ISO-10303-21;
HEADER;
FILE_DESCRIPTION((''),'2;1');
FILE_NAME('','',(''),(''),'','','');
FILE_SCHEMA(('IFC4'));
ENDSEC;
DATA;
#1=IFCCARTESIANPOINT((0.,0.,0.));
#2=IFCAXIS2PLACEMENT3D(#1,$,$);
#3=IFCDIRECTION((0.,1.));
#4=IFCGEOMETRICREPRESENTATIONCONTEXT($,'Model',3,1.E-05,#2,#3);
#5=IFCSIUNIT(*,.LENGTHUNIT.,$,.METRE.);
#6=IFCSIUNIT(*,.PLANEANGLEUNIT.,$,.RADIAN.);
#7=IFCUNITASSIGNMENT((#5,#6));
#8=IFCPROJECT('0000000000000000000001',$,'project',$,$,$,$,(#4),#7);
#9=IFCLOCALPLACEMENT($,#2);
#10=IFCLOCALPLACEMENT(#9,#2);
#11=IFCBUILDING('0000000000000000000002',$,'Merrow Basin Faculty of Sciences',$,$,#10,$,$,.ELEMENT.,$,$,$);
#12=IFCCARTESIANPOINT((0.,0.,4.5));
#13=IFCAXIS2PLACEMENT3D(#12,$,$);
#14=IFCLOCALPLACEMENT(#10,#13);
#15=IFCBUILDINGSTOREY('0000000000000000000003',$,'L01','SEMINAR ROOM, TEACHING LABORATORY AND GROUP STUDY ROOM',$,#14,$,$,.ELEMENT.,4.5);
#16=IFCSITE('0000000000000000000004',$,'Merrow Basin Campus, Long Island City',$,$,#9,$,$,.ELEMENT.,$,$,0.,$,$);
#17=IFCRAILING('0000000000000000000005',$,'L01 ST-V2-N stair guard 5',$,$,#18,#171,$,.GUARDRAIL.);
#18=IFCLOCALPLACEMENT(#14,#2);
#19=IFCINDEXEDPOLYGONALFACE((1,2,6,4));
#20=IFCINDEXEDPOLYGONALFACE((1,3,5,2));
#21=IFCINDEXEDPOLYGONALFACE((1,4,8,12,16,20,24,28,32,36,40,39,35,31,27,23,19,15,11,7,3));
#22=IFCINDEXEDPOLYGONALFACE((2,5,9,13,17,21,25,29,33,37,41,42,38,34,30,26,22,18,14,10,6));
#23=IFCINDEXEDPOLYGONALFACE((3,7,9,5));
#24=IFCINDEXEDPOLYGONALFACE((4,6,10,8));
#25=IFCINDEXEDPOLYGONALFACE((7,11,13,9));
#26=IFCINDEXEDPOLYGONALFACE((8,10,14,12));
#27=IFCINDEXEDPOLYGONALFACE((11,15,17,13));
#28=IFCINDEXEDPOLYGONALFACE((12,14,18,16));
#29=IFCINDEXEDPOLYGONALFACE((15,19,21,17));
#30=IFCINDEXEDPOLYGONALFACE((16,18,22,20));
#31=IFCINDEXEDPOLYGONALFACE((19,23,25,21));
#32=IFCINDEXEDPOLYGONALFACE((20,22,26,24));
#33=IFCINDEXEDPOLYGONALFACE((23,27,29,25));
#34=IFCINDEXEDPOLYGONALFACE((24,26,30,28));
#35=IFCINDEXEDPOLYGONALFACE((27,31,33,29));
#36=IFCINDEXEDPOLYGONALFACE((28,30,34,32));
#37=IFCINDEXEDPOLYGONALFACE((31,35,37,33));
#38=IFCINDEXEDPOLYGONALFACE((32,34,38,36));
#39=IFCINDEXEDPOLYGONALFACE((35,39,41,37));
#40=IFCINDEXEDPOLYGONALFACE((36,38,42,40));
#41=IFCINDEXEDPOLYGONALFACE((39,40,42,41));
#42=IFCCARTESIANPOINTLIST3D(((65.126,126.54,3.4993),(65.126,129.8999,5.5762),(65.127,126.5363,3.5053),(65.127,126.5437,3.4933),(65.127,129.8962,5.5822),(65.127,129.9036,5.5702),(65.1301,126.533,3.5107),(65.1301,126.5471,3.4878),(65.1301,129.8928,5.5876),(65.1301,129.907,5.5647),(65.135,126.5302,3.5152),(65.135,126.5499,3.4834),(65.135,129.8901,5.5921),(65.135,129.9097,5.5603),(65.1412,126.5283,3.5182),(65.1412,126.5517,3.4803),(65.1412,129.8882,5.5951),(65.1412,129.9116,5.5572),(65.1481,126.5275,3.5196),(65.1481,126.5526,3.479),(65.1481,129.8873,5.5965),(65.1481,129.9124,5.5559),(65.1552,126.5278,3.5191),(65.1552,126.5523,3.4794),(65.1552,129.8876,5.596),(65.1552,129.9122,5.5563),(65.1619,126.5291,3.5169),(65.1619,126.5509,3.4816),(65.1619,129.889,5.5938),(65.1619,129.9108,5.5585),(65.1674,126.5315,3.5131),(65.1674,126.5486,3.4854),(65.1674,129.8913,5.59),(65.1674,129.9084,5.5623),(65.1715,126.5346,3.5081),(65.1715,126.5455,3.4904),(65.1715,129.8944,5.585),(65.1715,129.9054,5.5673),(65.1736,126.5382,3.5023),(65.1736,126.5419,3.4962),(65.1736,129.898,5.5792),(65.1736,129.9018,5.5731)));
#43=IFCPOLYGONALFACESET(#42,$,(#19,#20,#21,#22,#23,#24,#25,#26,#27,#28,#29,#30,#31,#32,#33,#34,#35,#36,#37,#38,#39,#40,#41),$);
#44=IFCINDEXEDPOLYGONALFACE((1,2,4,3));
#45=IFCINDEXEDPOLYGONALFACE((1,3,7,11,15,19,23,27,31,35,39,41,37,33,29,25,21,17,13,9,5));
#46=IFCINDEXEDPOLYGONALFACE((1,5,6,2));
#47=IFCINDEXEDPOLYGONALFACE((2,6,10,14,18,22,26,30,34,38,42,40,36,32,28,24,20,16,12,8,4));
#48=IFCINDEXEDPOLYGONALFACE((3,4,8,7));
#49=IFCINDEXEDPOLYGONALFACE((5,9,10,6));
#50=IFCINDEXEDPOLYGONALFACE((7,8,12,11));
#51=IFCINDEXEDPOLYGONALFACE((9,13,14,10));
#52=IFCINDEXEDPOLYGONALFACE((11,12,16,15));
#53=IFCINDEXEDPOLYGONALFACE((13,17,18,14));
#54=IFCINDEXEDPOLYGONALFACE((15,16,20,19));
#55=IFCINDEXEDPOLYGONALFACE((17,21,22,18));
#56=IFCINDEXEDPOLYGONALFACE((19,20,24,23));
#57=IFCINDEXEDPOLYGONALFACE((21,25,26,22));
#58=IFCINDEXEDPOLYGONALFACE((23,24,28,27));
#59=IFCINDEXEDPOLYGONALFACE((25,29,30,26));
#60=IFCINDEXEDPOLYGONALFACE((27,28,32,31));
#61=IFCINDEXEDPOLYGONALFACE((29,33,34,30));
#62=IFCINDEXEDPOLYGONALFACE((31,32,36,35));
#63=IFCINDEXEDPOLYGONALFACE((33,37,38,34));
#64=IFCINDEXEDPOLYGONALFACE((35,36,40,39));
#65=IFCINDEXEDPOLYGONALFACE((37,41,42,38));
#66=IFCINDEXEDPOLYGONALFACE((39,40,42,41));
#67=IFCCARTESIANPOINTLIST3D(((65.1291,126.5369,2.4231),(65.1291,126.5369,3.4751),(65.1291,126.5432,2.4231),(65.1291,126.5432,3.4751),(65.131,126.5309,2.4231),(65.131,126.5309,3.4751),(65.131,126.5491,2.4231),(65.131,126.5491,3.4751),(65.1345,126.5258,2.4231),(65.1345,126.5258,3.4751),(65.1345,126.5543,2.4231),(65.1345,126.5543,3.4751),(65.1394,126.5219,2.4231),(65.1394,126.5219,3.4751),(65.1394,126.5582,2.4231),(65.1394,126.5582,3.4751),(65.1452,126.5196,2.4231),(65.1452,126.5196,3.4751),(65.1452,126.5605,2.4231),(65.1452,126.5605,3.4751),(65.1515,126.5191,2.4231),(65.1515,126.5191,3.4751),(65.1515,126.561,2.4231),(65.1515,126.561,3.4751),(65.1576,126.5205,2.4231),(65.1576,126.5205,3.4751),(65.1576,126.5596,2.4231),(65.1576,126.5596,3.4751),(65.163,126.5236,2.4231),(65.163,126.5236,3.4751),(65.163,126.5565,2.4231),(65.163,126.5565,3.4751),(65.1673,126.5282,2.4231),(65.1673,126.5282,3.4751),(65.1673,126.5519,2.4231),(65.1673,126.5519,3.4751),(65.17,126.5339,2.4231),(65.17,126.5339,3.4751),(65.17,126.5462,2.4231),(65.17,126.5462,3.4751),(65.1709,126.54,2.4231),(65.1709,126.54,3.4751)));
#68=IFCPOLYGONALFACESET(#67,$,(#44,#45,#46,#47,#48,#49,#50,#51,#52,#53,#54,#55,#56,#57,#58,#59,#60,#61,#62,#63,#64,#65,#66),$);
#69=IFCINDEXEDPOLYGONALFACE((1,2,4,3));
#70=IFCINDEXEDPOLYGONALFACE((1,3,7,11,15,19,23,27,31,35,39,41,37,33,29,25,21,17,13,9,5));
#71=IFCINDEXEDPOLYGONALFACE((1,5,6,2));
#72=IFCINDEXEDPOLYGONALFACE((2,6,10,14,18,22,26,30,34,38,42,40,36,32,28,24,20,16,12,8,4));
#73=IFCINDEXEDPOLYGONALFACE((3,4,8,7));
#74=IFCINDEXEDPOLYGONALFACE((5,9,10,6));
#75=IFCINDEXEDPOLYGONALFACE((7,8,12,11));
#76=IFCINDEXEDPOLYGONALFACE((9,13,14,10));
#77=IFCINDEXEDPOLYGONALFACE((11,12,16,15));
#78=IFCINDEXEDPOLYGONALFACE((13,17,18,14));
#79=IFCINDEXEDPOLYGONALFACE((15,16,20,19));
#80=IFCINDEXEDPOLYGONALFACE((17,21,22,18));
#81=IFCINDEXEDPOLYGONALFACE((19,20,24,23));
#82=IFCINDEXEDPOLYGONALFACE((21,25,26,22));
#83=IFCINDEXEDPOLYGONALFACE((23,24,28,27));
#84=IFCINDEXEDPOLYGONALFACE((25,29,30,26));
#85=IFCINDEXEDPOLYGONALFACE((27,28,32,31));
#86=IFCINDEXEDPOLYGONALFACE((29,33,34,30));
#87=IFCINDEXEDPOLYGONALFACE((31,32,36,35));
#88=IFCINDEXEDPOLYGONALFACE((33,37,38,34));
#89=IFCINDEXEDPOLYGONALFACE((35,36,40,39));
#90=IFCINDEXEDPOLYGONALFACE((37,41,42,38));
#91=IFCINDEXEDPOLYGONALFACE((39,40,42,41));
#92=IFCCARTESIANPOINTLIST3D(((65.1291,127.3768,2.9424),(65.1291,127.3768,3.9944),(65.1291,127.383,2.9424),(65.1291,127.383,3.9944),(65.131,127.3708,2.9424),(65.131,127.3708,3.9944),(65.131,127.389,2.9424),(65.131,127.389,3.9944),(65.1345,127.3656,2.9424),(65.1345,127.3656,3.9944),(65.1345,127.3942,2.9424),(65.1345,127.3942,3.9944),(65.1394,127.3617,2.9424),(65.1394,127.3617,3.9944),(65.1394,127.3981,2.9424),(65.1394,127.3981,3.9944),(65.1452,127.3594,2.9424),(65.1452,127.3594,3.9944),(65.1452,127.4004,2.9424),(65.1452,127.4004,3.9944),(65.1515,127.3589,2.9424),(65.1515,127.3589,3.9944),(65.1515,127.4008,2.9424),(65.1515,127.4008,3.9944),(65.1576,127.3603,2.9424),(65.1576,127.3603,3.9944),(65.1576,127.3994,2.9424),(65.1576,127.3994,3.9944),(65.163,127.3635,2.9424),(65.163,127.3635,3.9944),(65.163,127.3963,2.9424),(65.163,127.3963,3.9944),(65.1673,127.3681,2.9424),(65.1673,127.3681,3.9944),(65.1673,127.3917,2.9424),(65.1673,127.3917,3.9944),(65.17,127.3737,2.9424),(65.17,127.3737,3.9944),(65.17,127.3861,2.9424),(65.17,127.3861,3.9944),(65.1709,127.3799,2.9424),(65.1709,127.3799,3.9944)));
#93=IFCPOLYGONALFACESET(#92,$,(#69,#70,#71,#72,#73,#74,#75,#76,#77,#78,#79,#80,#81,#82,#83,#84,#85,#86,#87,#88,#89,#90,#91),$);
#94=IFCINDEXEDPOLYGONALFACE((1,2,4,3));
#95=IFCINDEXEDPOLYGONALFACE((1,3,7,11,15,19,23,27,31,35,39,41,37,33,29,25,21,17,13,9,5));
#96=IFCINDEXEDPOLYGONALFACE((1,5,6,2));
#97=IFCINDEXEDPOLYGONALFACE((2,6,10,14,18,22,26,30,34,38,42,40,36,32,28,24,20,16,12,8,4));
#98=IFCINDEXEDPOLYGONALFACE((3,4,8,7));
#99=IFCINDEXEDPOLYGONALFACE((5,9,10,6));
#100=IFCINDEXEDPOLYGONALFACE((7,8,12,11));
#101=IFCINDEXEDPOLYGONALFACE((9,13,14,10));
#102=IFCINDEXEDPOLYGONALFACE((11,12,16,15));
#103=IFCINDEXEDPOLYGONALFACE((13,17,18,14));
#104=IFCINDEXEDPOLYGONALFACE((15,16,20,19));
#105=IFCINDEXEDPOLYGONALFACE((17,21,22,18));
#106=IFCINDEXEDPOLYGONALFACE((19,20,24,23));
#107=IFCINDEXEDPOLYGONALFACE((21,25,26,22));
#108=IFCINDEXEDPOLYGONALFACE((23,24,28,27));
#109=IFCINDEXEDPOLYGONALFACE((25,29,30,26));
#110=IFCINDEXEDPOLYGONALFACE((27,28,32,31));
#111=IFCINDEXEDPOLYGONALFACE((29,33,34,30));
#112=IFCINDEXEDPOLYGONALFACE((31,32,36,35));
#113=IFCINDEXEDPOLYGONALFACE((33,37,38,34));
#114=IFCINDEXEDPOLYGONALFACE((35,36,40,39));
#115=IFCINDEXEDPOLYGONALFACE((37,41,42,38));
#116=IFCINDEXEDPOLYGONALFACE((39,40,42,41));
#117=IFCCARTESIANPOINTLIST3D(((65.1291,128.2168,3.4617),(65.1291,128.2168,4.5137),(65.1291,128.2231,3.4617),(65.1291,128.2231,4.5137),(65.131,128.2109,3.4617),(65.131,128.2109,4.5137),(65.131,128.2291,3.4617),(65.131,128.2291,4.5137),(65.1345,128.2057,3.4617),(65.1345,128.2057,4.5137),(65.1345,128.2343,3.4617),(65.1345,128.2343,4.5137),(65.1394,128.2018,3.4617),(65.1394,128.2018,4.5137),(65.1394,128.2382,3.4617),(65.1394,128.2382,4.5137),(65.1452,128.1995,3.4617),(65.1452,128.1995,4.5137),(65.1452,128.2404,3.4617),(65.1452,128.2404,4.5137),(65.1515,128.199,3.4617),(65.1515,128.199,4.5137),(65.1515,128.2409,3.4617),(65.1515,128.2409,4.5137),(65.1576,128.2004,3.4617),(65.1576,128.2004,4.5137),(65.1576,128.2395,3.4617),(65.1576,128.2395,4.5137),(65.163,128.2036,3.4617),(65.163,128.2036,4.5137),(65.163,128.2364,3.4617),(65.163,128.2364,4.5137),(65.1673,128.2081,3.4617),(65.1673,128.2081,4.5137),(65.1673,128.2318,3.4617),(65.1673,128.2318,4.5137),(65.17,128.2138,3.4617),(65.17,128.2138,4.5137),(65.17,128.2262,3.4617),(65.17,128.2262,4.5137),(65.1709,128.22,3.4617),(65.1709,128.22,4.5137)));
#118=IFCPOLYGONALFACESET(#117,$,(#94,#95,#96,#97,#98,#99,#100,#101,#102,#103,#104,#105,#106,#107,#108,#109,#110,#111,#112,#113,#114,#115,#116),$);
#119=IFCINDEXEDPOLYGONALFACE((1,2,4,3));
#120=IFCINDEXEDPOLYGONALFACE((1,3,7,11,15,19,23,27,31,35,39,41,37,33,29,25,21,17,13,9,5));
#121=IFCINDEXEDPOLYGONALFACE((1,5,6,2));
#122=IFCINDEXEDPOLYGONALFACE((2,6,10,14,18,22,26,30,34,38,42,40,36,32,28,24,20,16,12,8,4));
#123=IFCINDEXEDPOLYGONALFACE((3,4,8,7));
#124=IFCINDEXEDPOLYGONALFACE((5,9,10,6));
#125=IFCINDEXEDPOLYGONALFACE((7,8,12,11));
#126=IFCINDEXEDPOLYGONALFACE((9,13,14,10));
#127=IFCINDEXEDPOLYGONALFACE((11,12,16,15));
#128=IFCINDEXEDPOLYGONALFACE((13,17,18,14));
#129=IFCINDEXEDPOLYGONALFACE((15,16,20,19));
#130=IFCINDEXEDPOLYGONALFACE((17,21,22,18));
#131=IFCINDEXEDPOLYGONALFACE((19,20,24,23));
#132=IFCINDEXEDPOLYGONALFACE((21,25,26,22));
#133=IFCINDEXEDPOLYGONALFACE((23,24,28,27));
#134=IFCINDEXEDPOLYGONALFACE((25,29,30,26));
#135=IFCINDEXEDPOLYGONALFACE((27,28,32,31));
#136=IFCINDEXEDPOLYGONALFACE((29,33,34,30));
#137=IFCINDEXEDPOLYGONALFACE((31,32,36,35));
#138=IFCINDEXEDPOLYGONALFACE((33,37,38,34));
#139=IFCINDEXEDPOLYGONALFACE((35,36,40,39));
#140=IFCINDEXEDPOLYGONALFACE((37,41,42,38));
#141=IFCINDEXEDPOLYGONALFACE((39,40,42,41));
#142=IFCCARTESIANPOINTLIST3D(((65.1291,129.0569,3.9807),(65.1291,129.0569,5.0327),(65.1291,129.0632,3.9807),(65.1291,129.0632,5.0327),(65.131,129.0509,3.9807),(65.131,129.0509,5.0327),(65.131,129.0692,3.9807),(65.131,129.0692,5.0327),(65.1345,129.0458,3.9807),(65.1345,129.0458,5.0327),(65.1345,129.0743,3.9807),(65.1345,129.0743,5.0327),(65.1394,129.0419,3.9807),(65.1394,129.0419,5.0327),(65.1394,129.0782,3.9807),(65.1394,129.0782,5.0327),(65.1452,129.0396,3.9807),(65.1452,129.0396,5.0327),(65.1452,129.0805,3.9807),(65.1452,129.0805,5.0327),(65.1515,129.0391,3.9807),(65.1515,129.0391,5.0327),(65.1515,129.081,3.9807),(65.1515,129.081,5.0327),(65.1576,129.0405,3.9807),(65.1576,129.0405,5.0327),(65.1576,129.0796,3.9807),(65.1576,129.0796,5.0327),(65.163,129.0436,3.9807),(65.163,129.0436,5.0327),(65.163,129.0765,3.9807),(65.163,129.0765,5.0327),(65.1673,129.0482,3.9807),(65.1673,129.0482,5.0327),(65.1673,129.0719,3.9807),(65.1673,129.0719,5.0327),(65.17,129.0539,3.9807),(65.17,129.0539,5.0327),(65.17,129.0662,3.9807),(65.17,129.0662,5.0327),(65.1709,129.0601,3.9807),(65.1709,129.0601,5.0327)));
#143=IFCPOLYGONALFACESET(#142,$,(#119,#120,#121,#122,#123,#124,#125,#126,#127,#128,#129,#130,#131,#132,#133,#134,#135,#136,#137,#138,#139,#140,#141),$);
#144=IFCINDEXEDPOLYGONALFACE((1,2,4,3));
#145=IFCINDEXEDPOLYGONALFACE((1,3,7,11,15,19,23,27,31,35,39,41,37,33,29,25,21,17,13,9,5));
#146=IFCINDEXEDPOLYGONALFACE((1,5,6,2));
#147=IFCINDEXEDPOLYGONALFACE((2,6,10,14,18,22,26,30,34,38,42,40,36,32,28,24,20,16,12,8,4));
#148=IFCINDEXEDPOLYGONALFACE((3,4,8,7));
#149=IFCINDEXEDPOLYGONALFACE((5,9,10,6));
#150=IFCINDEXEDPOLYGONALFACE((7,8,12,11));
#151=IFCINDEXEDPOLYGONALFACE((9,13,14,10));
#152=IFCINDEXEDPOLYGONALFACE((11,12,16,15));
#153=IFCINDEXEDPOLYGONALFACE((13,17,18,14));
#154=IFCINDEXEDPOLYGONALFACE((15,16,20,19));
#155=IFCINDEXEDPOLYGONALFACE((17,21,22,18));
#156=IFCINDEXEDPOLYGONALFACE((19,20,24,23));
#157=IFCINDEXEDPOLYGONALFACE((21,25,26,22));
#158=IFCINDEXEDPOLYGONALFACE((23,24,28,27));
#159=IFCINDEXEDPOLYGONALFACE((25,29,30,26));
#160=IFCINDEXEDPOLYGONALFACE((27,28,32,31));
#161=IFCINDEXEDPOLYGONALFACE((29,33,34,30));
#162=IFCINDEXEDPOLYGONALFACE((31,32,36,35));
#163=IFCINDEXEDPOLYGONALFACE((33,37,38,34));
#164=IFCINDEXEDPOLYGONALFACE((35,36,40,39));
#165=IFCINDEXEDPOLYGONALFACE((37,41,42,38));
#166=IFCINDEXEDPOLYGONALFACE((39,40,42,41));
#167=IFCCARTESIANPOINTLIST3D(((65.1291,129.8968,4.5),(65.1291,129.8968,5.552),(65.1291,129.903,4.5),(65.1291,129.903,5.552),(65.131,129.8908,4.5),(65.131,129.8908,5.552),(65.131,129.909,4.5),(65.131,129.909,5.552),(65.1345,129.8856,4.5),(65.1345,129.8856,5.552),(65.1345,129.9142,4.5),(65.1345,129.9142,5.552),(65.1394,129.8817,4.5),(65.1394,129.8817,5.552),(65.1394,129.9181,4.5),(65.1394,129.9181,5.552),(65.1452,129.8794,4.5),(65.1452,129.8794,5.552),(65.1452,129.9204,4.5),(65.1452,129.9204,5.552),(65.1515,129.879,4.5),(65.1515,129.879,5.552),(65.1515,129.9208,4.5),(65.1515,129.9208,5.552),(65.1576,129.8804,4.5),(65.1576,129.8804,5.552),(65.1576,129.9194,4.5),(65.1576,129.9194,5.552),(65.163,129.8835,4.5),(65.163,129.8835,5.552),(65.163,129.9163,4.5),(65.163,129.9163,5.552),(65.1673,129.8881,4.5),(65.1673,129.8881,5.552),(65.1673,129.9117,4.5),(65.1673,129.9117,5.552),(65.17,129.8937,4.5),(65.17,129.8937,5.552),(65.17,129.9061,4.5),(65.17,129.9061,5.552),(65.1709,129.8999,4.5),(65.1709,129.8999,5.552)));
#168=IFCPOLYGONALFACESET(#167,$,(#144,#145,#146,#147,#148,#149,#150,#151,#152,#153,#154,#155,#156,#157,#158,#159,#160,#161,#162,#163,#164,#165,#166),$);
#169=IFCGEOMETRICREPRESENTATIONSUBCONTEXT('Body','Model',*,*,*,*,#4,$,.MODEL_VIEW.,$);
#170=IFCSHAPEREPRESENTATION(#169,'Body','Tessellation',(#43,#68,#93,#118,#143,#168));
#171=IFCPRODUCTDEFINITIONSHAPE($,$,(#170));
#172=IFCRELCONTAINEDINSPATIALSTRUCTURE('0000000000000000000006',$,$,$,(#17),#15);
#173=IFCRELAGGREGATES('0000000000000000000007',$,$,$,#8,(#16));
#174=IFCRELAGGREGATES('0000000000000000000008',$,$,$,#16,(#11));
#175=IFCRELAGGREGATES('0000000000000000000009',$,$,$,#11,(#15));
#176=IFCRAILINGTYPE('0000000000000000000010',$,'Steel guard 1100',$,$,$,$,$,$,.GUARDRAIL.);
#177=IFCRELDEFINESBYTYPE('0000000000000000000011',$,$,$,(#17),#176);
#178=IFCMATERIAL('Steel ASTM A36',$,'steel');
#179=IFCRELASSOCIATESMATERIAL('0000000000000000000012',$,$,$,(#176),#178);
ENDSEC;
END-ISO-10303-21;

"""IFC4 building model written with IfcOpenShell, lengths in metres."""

from ifc_helpers import new_model, si_unit, direction, frame, origin, origin_2d, place, context, subcontext, project, spatial, circle, extrude, material, type_object, element, save


model = new_model("IFC4")

# Units and contexts
model_context = context("Model", 3, precision=1e-05, world=origin(), true_north=direction((0.0, 1.0)))
body_context = subcontext(model_context, "Body", "Model", "MODEL_VIEW")
ifc_project = project(units=[si_unit("LENGTHUNIT", "METRE"), si_unit("PLANEANGLEUNIT", "RADIAN")], contexts=[model_context])

# Site, building, storey
site_placement = place(None, origin())
site = spatial("IfcSite", under=ifc_project, at=site_placement, Name="Merrow Basin Campus, Long Island City", CompositionType="ELEMENT", RefElevation=0.0)
building_placement = place(site_placement, origin())
building = spatial("IfcBuilding", under=site, at=building_placement, Name="Merrow Basin Faculty of Sciences", CompositionType="ELEMENT")
storey_placement = place(building_placement, frame((0.0, 0.0, 4.5)))
storey = spatial("IfcBuildingStorey", under=building, at=storey_placement, Name="L01", Description="SEMINAR ROOM, TEACHING LABORATORY AND GROUP STUDY ROOM", CompositionType="ELEMENT", Elevation=4.5)

# Railing
ifc_material_1 = material(Name="Steel ASTM A36", Category="steel")
railing_type_1 = type_object("IfcRailingType", Name="Steel guard 1100", PredefinedType="GUARDRAIL", material=ifc_material_1)
railing_1_placement = place(storey_placement, frame((65.1499, 126.54, 2.4231)))
element("IfcRailing", 1, at=railing_1_placement, inside=storey, type_object=railing_type_1, Name="L01 ST-V2-N stair guard 5", PredefinedType="GUARDRAIL", context=body_context, shape_type="SweptSolid", body=[
    extrude(circle(Radius=0.0239, at=origin_2d()), frame((0.0, 0.0, 1.0762), z_axis=(0.0, 0.850606, 0.525803), x_axis=(-1.0, 0.0, 0.0)), (0.0, 0.0, 1.0), 3.95),
    extrude(circle(Radius=0.021, at=origin_2d()), origin(), (0.0, 0.0, 1.0), 1.052),
    extrude(circle(Radius=0.021, at=origin_2d()), frame((0.0, 0.8398, 0.5193)), (0.0, 0.0, 1.0), 1.052),
    extrude(circle(Radius=0.021, at=origin_2d()), frame((0.0, 1.6799, 1.0386)), (0.0, 0.0, 1.0), 1.052),
    extrude(circle(Radius=0.021, at=origin_2d()), frame((0.0, 2.52, 1.5576)), (0.0, 0.0, 1.0), 1.052),
    extrude(circle(Radius=0.021, at=origin_2d()), frame((0.0, 3.3599, 2.0769)), (0.0, 0.0, 1.0), 1.052),
])

save(model, "model.ifc")
